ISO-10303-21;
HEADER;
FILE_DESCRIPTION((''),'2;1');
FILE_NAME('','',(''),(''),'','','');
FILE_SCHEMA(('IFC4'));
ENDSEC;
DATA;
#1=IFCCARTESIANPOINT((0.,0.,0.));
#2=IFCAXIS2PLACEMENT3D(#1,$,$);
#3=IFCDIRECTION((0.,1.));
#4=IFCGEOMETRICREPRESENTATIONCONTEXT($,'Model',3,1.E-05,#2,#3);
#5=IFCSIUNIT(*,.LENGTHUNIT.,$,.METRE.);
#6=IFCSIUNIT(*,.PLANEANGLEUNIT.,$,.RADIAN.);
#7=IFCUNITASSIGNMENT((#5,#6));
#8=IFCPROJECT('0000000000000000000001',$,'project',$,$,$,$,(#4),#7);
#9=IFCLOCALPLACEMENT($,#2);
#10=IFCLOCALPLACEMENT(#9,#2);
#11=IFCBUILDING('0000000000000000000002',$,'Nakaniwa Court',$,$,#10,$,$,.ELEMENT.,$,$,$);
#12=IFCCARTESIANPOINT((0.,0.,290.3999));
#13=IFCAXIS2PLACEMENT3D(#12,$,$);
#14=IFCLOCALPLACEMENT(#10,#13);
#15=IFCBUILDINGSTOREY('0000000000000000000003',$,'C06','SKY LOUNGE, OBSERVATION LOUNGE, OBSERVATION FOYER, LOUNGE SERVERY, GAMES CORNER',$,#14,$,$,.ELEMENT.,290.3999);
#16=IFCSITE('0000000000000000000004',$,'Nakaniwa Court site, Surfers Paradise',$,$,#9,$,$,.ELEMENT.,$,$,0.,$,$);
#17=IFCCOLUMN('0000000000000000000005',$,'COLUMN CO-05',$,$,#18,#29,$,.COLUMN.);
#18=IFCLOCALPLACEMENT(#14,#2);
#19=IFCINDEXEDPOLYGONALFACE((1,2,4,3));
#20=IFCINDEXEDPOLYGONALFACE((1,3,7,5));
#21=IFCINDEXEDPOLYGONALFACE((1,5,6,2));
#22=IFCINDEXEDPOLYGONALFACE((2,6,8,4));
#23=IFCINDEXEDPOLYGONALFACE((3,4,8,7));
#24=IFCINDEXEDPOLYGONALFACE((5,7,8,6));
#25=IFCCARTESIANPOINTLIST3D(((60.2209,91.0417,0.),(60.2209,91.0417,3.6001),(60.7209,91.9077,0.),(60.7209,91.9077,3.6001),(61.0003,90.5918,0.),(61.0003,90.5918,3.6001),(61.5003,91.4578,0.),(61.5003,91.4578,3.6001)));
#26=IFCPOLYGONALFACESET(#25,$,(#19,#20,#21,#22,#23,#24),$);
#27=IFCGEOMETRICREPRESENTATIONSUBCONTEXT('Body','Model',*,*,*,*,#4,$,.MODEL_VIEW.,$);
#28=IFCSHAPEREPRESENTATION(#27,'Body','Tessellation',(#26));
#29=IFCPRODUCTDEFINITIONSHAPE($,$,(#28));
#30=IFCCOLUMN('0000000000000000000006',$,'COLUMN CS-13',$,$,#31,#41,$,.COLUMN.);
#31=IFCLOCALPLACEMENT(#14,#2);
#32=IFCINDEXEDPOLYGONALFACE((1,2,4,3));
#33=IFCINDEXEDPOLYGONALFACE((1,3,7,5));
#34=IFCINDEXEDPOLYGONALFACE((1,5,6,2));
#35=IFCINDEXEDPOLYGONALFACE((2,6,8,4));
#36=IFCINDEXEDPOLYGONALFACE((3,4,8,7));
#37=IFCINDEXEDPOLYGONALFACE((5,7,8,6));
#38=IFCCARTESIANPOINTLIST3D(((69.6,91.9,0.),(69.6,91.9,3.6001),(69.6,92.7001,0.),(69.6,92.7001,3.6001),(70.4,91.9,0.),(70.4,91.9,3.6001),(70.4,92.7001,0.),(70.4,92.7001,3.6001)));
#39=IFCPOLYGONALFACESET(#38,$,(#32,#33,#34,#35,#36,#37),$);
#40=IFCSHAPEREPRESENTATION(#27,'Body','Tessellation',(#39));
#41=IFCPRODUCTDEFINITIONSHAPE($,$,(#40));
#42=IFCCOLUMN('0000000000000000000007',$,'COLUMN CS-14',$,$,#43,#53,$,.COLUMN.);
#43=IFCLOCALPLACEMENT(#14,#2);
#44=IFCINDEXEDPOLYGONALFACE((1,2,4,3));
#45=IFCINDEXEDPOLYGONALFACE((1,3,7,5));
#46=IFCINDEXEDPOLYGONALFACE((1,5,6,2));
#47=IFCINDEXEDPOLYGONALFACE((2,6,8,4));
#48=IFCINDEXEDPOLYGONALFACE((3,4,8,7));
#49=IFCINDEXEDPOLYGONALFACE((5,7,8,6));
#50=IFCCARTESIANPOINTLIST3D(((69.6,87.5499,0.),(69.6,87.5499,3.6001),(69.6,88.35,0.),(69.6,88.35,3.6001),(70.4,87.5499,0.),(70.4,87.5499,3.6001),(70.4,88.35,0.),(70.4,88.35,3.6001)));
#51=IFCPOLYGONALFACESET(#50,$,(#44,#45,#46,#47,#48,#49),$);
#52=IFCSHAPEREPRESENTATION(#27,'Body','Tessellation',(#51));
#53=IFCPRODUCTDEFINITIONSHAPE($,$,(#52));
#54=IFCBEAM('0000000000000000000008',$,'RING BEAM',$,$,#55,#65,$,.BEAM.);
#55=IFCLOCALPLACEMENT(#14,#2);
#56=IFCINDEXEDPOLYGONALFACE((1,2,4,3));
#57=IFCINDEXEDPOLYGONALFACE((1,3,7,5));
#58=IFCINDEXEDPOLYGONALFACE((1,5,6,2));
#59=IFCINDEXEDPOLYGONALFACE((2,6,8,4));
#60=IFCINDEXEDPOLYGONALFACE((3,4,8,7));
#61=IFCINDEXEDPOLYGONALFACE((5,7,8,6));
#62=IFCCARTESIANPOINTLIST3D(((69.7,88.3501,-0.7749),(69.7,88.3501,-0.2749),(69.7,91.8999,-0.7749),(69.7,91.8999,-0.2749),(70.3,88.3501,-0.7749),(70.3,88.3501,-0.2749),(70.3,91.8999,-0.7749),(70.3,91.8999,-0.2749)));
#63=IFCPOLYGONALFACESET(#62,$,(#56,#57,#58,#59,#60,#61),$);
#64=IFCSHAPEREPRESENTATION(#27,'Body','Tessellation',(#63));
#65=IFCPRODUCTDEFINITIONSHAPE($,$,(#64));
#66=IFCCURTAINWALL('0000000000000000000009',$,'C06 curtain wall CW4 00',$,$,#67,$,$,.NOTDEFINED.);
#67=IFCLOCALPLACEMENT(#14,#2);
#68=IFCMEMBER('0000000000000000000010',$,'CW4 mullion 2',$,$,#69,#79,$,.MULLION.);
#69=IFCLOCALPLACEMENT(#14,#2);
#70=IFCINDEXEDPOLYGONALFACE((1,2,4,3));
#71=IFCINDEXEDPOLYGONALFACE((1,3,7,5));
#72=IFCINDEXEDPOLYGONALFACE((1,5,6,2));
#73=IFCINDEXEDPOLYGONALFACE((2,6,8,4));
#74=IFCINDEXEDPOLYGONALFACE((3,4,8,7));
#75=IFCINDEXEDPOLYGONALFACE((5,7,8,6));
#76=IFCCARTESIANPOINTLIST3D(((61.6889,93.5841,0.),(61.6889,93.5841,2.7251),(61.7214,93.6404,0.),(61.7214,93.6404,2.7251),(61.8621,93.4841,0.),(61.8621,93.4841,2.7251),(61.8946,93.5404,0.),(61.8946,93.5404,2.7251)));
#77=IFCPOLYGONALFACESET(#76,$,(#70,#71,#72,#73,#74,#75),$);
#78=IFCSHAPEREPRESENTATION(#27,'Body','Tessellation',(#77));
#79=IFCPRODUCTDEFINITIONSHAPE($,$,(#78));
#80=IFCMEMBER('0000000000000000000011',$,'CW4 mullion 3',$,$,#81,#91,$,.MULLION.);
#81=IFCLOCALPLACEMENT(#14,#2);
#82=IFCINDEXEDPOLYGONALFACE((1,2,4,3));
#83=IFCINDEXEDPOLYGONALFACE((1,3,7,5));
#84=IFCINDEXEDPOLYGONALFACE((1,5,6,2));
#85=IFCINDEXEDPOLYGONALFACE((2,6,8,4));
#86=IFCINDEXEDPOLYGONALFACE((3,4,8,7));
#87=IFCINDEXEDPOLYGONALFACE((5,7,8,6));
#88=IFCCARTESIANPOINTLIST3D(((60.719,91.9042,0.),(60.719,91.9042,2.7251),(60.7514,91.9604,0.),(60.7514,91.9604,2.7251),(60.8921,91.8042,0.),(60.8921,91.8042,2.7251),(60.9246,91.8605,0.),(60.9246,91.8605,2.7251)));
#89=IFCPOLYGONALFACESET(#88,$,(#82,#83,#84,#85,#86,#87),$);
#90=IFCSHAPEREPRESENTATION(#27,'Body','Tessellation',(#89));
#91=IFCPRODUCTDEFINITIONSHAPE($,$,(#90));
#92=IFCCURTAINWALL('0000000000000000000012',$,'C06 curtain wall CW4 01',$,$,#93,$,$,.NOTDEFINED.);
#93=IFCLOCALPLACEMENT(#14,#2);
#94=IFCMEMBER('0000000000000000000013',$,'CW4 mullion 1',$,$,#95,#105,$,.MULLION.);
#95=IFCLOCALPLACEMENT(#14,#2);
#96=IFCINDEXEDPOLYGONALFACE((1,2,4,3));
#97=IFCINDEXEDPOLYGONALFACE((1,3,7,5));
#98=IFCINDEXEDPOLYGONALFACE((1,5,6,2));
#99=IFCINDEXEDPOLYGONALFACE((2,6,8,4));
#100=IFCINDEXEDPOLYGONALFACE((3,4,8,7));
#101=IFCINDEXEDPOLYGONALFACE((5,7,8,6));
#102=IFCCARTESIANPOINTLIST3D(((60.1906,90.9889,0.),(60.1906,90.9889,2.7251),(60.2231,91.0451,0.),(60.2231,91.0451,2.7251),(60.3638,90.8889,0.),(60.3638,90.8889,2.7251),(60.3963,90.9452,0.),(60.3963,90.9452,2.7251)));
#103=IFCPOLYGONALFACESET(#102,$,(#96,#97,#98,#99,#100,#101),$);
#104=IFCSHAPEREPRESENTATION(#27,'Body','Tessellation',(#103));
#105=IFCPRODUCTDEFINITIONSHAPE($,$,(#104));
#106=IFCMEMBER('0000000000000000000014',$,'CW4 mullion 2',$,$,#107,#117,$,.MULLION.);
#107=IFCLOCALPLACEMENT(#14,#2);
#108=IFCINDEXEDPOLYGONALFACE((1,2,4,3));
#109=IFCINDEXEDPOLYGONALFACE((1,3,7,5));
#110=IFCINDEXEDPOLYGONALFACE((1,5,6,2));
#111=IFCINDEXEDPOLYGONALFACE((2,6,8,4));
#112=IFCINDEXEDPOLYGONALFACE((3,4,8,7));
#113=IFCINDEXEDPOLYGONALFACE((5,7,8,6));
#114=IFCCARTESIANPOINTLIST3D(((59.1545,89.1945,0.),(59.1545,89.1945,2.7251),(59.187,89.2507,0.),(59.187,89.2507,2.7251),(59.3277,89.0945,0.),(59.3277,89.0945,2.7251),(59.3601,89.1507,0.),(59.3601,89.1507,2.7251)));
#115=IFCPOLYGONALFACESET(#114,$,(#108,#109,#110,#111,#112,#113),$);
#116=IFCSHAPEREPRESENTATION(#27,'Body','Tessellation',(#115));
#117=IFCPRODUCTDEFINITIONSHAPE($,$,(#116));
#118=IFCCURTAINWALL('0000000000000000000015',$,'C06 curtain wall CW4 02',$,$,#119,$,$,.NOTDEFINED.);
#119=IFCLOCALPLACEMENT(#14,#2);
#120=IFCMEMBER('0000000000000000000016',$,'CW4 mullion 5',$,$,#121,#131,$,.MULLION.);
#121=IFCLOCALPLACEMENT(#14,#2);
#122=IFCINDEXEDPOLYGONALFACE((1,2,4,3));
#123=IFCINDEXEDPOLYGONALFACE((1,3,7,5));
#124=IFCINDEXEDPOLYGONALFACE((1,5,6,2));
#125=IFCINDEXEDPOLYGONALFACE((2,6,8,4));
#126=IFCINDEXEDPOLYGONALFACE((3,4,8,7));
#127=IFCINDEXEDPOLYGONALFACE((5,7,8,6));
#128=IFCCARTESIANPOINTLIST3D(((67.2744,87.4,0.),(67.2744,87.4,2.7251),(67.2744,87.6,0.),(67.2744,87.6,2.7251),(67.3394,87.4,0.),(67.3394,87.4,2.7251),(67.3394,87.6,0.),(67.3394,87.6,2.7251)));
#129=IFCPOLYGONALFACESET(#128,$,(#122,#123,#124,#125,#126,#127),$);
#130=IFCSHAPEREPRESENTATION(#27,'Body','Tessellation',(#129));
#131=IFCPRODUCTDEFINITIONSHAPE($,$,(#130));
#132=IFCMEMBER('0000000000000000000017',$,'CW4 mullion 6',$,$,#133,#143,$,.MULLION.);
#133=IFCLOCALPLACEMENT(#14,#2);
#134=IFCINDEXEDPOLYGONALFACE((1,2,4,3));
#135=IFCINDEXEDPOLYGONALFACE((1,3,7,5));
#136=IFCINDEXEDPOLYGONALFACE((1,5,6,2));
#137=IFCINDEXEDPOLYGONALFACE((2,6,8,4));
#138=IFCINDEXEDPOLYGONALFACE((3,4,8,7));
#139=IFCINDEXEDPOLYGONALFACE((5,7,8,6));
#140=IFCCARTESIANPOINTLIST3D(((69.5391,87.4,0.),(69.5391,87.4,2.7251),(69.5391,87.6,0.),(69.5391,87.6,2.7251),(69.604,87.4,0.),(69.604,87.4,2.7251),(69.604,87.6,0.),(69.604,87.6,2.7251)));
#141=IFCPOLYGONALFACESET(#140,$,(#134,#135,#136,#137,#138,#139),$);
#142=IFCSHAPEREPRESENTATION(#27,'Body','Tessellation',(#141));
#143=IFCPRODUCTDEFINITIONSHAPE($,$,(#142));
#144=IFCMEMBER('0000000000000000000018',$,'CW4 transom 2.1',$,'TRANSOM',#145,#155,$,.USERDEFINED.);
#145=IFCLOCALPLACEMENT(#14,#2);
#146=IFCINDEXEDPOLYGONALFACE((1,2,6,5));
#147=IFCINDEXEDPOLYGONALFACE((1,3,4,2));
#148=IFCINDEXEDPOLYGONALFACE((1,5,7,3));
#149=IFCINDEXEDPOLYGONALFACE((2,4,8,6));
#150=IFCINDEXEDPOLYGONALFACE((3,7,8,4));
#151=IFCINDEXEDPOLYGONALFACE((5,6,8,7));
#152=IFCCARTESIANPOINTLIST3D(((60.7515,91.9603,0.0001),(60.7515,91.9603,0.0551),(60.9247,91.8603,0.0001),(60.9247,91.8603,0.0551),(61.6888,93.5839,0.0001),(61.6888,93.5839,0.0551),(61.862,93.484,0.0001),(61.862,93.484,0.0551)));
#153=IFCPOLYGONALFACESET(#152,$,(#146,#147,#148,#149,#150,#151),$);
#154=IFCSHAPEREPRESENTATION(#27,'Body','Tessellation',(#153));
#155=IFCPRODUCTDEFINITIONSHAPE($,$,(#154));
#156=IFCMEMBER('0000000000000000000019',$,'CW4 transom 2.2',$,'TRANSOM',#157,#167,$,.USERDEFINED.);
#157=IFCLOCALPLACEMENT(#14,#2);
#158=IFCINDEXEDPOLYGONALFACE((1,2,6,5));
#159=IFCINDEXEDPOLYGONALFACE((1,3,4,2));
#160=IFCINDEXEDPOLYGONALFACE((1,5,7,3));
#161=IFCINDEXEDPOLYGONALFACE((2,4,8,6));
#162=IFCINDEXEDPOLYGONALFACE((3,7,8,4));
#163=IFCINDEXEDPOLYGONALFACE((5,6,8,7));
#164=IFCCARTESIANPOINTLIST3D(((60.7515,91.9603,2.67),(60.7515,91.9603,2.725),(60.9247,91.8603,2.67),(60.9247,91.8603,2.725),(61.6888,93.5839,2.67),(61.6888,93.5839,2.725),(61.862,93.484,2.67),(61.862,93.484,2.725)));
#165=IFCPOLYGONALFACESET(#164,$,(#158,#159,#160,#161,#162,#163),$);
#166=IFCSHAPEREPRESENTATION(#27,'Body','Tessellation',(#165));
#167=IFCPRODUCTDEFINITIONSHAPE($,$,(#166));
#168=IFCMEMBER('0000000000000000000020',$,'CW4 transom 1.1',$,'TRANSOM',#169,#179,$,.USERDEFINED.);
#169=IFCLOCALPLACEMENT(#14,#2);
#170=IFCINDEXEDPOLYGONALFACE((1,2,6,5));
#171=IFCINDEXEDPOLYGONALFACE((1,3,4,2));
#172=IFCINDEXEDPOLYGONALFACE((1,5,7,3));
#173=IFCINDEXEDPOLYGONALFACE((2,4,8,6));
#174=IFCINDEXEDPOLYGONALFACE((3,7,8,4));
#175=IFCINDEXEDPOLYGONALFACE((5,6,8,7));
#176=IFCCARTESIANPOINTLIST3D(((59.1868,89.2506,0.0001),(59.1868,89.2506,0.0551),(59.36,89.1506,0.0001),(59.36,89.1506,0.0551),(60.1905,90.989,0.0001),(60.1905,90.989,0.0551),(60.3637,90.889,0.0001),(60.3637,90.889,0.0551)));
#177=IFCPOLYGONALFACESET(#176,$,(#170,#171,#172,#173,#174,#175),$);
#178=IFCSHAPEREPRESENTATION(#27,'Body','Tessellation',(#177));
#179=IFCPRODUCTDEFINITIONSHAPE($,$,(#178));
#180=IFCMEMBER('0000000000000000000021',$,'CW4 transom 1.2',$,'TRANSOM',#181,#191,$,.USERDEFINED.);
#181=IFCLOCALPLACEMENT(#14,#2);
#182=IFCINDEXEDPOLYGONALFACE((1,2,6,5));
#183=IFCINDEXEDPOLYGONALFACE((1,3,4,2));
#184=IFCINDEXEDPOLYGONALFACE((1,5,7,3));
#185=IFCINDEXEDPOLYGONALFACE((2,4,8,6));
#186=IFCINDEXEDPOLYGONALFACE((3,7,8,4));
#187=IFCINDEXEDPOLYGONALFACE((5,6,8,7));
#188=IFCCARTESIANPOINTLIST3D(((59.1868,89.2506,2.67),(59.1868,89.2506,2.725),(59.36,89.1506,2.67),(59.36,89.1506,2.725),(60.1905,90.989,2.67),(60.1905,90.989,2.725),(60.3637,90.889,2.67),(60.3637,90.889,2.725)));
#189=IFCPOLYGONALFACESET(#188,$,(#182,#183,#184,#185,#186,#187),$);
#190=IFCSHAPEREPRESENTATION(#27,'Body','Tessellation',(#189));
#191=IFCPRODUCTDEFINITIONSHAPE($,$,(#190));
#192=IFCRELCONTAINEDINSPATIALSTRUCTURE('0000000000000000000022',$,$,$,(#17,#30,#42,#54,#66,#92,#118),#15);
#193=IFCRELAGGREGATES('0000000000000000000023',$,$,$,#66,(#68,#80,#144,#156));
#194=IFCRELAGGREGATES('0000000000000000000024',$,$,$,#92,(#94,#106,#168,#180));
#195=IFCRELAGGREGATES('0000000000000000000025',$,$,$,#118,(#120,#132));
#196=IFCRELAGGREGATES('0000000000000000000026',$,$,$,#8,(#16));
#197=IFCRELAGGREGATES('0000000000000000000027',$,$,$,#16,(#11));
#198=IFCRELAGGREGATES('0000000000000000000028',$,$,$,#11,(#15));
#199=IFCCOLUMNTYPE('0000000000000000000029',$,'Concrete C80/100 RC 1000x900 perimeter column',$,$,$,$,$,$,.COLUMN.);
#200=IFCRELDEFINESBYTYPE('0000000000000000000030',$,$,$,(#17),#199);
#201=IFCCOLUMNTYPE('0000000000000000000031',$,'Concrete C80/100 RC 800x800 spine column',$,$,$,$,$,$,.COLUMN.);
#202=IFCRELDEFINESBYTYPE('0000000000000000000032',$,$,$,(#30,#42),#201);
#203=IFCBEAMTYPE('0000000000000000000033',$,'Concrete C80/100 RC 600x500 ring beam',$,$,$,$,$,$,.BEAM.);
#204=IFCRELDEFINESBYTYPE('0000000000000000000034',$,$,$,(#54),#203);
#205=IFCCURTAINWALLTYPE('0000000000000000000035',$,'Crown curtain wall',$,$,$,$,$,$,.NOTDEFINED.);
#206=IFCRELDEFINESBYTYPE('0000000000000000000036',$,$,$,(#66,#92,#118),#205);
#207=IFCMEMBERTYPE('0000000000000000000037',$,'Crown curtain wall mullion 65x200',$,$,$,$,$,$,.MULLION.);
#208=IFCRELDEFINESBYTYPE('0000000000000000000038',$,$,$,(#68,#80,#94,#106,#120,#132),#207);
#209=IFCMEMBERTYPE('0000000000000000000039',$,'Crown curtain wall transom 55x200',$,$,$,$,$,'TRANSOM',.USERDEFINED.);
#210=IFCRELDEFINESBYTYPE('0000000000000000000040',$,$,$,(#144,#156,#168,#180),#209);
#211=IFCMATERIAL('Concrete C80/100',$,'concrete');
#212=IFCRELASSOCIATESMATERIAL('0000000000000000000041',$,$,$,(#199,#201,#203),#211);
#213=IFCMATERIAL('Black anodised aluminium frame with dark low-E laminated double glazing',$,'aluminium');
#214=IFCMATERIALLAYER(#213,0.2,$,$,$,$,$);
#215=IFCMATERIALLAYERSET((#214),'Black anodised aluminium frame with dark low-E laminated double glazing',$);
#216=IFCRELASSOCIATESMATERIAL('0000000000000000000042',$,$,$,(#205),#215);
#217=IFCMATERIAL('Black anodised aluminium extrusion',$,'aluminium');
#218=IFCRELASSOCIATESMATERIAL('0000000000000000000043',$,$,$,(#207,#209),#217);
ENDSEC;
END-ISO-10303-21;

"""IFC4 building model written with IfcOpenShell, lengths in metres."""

from ifc_helpers import new_model, si_unit, direction, frame, origin, origin_2d, place, context, subcontext, project, spatial, rectangle, extrude, material, layer, layer_set, material_profile, profile_set, type_object, element, aggregate, save


model = new_model("IFC4")

# Units and contexts
model_context = context("Model", 3, precision=1e-05, world=origin(), true_north=direction((0.0, 1.0)))
body_context = subcontext(model_context, "Body", "Model", "MODEL_VIEW")
ifc_project = project(units=[si_unit("LENGTHUNIT", "METRE"), si_unit("PLANEANGLEUNIT", "RADIAN")], contexts=[model_context])

# Site, building, storey
site_placement = place(None, origin())
site = spatial("IfcSite", under=ifc_project, at=site_placement, Name="Nakaniwa Court site, Surfers Paradise", CompositionType="ELEMENT", RefElevation=0.0)
building_placement = place(site_placement, origin())
building = spatial("IfcBuilding", under=site, at=building_placement, Name="Nakaniwa Court", CompositionType="ELEMENT")
storey_placement = place(building_placement, frame((0.0, 0.0, 290.3999)))
storey = spatial("IfcBuildingStorey", under=building, at=storey_placement, Name="C06", Description="SKY LOUNGE, OBSERVATION LOUNGE, OBSERVATION FOYER, LOUNGE SERVERY, GAMES CORNER", CompositionType="ELEMENT", Elevation=290.3999)

# Columns
ifc_material_1 = material(Name="Concrete C80/100", Category="concrete")
ifc_material_profile_1 = material_profile(ifc_material_1, rectangle(XDim=1.0, YDim=0.8999, at=origin_2d()), Name="Concrete C80/100 RC 1000x900 perimeter column")
ifc_profile_set_1 = profile_set([ifc_material_profile_1], Name="Concrete C80/100")
column_type_1 = type_object("IfcColumnType", Name="Concrete C80/100 RC 1000x900 perimeter column", PredefinedType="COLUMN", material=ifc_profile_set_1)
column_placement = place(storey_placement, frame((60.8606, 91.2498, 0.0), z_axis=(0.0, 0.0, 1.0), x_axis=(-0.5, -0.866025, 0.0)))
element("IfcColumn", 1, at=column_placement, inside=storey, type_object=column_type_1, Name="COLUMN CO-05", PredefinedType="COLUMN", context=body_context, shape_type="SweptSolid", body=[
    extrude(rectangle(XDim=1.0, YDim=0.8999, at=origin_2d()), origin(), (0.0, 0.0, 1.0), 3.6001),
])
ifc_material_profile_2 = material_profile(ifc_material_1, rectangle(XDim=0.8, YDim=0.8, at=origin_2d()), Name="Concrete C80/100 RC 800x800 spine column")
ifc_profile_set_2 = profile_set([ifc_material_profile_2], Name="Concrete C80/100")
column_type_2 = type_object("IfcColumnType", Name="Concrete C80/100 RC 800x800 spine column", PredefinedType="COLUMN", material=ifc_profile_set_2)
for number, where, z_axis, x_axis, name in (
    (2, (70.0, 92.3, 0.0), (0.0, 0.0, 1.0), (0.0, -1.0, 0.0), "COLUMN CS-13"),
    (3, (70.0, 87.95, 0.0), (0.0, 0.0, 1.0), (0.0, -1.0, 0.0), "COLUMN CS-14"),
):
    element("IfcColumn", number, at=place(storey_placement, frame(where, z_axis=z_axis, x_axis=x_axis)), inside=storey, type_object=column_type_2, Name=name, PredefinedType="COLUMN", context=body_context, shape_type="SweptSolid", body=[
        extrude(rectangle(XDim=0.8, YDim=0.8, at=origin_2d()), origin(), (0.0, 0.0, 1.0), 3.6001),
    ])

# Beam
ifc_material_profile_3 = material_profile(ifc_material_1, rectangle(XDim=0.6001, YDim=0.5, at=origin_2d()), Name="Concrete C80/100 RC 600x500 ring beam")
ifc_profile_set_3 = profile_set([ifc_material_profile_3], Name="Concrete C80/100")
beam_type = type_object("IfcBeamType", Name="Concrete C80/100 RC 600x500 ring beam", PredefinedType="BEAM", material=ifc_profile_set_3)
beam_placement = place(storey_placement, frame((70.0, 91.8999, -0.5249), z_axis=(0.0, -1.0, 0.0), x_axis=(1.0, 0.0, 0.0)))
element("IfcBeam", 4, at=beam_placement, inside=storey, type_object=beam_type, Name="RING BEAM", PredefinedType="BEAM", context=body_context, shape_type="SweptSolid", body=[
    extrude(rectangle(XDim=0.6001, YDim=0.5, at=origin_2d()), origin(), (0.0, 0.0, 1.0), 3.5498),
])

# Curtain walls, members
ifc_material_2 = material(Name="Black anodised aluminium frame with dark low-E laminated double glazing", Category="aluminium")
ifc_layer_1 = layer(ifc_material_2, 0.2)
ifc_layer_set_1 = layer_set([ifc_layer_1], Name="Black anodised aluminium frame with dark low-E laminated double glazing")
curtain_wall_type = type_object("IfcCurtainWallType", Name="Crown curtain wall", PredefinedType="NOTDEFINED", material=ifc_layer_set_1)
curtain_wall_1_placement = place(storey_placement, origin())
curtain_wall_1 = element("IfcCurtainWall", 5, at=curtain_wall_1_placement, inside=storey, type_object=curtain_wall_type, Name="C06 curtain wall CW4 00", PredefinedType="NOTDEFINED")
ifc_material_3 = material(Name="Black anodised aluminium extrusion", Category="aluminium")
ifc_material_profile_4 = material_profile(ifc_material_3, rectangle(XDim=0.2, YDim=0.0649, at=origin_2d()), Name="Crown curtain wall mullion 65x200")
ifc_profile_set_4 = profile_set([ifc_material_profile_4], Name="Black anodised aluminium extrusion")
member_type_1 = type_object("IfcMemberType", Name="Crown curtain wall mullion 65x200", PredefinedType="MULLION", material=ifc_profile_set_4)
member_1_placement = place(storey_placement, frame((61.7917, 93.5623, 0.0), z_axis=(0.0, 0.0, 1.0), x_axis=(0.866033, -0.499987, 0.0)))
member_1 = element("IfcMember", 6, at=member_1_placement, type_object=member_type_1, Name="CW4 mullion 2", PredefinedType="MULLION", context=body_context, shape_type="SweptSolid", body=[
    extrude(rectangle(XDim=0.2, YDim=0.0649, at=origin_2d()), origin(), (0.0, 0.0, 1.0), 2.7251),
])
member_2_placement = place(storey_placement, frame((60.8218, 91.8823, 0.0), z_axis=(0.0, 0.0, 1.0), x_axis=(0.866033, -0.499987, 0.0)))
member_2 = element("IfcMember", 7, at=member_2_placement, type_object=member_type_1, Name="CW4 mullion 3", PredefinedType="MULLION", context=body_context, shape_type="SweptSolid", body=[
    extrude(rectangle(XDim=0.2, YDim=0.0649, at=origin_2d()), origin(), (0.0, 0.0, 1.0), 2.7251),
])
curtain_wall_2_placement = place(storey_placement, origin())
curtain_wall_2 = element("IfcCurtainWall", 8, at=curtain_wall_2_placement, inside=storey, type_object=curtain_wall_type, Name="C06 curtain wall CW4 01", PredefinedType="NOTDEFINED")
member_3_placement = place(storey_placement, frame((60.2935, 90.967, 0.0), z_axis=(0.0, 0.0, 1.0), x_axis=(0.866021, -0.500008, 0.0)))
member_3 = element("IfcMember", 9, at=member_3_placement, type_object=member_type_1, Name="CW4 mullion 1", PredefinedType="MULLION", context=body_context, shape_type="SweptSolid", body=[
    extrude(rectangle(XDim=0.2, YDim=0.0649, at=origin_2d()), origin(), (0.0, 0.0, 1.0), 2.7251),
])
member_4_placement = place(storey_placement, frame((59.2573, 89.1726, 0.0), z_axis=(0.0, 0.0, 1.0), x_axis=(0.866021, -0.500008, 0.0)))
member_4 = element("IfcMember", 10, at=member_4_placement, type_object=member_type_1, Name="CW4 mullion 2", PredefinedType="MULLION", context=body_context, shape_type="SweptSolid", body=[
    extrude(rectangle(XDim=0.2, YDim=0.0649, at=origin_2d()), origin(), (0.0, 0.0, 1.0), 2.7251),
])
curtain_wall_3_placement = place(storey_placement, origin())
curtain_wall_3 = element("IfcCurtainWall", 11, at=curtain_wall_3_placement, inside=storey, type_object=curtain_wall_type, Name="C06 curtain wall CW4 02", PredefinedType="NOTDEFINED")
member_5_placement = place(storey_placement, frame((67.3069, 87.5, 0.0), z_axis=(0.0, 0.0, 1.0), x_axis=(0.0, 1.0, 0.0)))
member_5 = element("IfcMember", 12, at=member_5_placement, type_object=member_type_1, Name="CW4 mullion 5", PredefinedType="MULLION", context=body_context, shape_type="SweptSolid", body=[
    extrude(rectangle(XDim=0.2, YDim=0.0649, at=origin_2d()), origin(), (0.0, 0.0, 1.0), 2.7251),
])
member_6_placement = place(storey_placement, frame((69.5715, 87.5, 0.0), z_axis=(0.0, 0.0, 1.0), x_axis=(0.0, 1.0, 0.0)))
member_6 = element("IfcMember", 13, at=member_6_placement, type_object=member_type_1, Name="CW4 mullion 6", PredefinedType="MULLION", context=body_context, shape_type="SweptSolid", body=[
    extrude(rectangle(XDim=0.2, YDim=0.0649, at=origin_2d()), origin(), (0.0, 0.0, 1.0), 2.7251),
])

# Members
ifc_material_profile_5 = material_profile(ifc_material_3, rectangle(XDim=0.2, YDim=0.0549, at=origin_2d()), Name="Crown curtain wall transom 55x200")
ifc_profile_set_5 = profile_set([ifc_material_profile_5], Name="Black anodised aluminium extrusion")
member_type_2 = type_object("IfcMemberType", Name="Crown curtain wall transom 55x200", ElementType="TRANSOM", PredefinedType="USERDEFINED", material=ifc_profile_set_5)
member_7_placement = place(storey_placement, frame((61.7754, 93.5339, 0.0276), z_axis=(-0.499963, -0.866047, 0.0), x_axis=(0.866047, -0.499963, 0.0)))
member_7 = element("IfcMember", 14, at=member_7_placement, type_object=member_type_2, Name="CW4 transom 2.1", ObjectType="TRANSOM", PredefinedType="USERDEFINED", context=body_context, shape_type="SweptSolid", body=[
    extrude(rectangle(XDim=0.2, YDim=0.0549, at=origin_2d()), origin(), (0.0, 0.0, 1.0), 1.8748),
])
member_8_placement = place(storey_placement, frame((61.7754, 93.5339, 2.6975), z_axis=(-0.499963, -0.866047, 0.0), x_axis=(0.866047, -0.499963, 0.0)))
member_8 = element("IfcMember", 15, at=member_8_placement, type_object=member_type_2, Name="CW4 transom 2.2", ObjectType="TRANSOM", PredefinedType="USERDEFINED", context=body_context, shape_type="SweptSolid", body=[
    extrude(rectangle(XDim=0.2, YDim=0.0549, at=origin_2d()), origin(), (0.0, 0.0, 1.0), 1.8748),
])
member_9_placement = place(storey_placement, frame((60.2771, 90.939, 0.0276), z_axis=(-0.500024, -0.866011, 0.0), x_axis=(0.866011, -0.500024, 0.0)))
member_9 = element("IfcMember", 16, at=member_9_placement, type_object=member_type_2, Name="CW4 transom 1.1", ObjectType="TRANSOM", PredefinedType="USERDEFINED", context=body_context, shape_type="SweptSolid", body=[
    extrude(rectangle(XDim=0.2, YDim=0.0549, at=origin_2d()), origin(), (0.0, 0.0, 1.0), 2.0073),
])
member_10_placement = place(storey_placement, frame((60.2771, 90.939, 2.6975), z_axis=(-0.500024, -0.866011, 0.0), x_axis=(0.866011, -0.500024, 0.0)))
member_10 = element("IfcMember", 17, at=member_10_placement, type_object=member_type_2, Name="CW4 transom 1.2", ObjectType="TRANSOM", PredefinedType="USERDEFINED", context=body_context, shape_type="SweptSolid", body=[
    extrude(rectangle(XDim=0.2, YDim=0.0549, at=origin_2d()), origin(), (0.0, 0.0, 1.0), 2.0073),
])

aggregate(curtain_wall_1, [member_1, member_2, member_7, member_8])
aggregate(curtain_wall_2, [member_3, member_4, member_9, member_10])
aggregate(curtain_wall_3, [member_5, member_6])

save(model, "model.ifc")
